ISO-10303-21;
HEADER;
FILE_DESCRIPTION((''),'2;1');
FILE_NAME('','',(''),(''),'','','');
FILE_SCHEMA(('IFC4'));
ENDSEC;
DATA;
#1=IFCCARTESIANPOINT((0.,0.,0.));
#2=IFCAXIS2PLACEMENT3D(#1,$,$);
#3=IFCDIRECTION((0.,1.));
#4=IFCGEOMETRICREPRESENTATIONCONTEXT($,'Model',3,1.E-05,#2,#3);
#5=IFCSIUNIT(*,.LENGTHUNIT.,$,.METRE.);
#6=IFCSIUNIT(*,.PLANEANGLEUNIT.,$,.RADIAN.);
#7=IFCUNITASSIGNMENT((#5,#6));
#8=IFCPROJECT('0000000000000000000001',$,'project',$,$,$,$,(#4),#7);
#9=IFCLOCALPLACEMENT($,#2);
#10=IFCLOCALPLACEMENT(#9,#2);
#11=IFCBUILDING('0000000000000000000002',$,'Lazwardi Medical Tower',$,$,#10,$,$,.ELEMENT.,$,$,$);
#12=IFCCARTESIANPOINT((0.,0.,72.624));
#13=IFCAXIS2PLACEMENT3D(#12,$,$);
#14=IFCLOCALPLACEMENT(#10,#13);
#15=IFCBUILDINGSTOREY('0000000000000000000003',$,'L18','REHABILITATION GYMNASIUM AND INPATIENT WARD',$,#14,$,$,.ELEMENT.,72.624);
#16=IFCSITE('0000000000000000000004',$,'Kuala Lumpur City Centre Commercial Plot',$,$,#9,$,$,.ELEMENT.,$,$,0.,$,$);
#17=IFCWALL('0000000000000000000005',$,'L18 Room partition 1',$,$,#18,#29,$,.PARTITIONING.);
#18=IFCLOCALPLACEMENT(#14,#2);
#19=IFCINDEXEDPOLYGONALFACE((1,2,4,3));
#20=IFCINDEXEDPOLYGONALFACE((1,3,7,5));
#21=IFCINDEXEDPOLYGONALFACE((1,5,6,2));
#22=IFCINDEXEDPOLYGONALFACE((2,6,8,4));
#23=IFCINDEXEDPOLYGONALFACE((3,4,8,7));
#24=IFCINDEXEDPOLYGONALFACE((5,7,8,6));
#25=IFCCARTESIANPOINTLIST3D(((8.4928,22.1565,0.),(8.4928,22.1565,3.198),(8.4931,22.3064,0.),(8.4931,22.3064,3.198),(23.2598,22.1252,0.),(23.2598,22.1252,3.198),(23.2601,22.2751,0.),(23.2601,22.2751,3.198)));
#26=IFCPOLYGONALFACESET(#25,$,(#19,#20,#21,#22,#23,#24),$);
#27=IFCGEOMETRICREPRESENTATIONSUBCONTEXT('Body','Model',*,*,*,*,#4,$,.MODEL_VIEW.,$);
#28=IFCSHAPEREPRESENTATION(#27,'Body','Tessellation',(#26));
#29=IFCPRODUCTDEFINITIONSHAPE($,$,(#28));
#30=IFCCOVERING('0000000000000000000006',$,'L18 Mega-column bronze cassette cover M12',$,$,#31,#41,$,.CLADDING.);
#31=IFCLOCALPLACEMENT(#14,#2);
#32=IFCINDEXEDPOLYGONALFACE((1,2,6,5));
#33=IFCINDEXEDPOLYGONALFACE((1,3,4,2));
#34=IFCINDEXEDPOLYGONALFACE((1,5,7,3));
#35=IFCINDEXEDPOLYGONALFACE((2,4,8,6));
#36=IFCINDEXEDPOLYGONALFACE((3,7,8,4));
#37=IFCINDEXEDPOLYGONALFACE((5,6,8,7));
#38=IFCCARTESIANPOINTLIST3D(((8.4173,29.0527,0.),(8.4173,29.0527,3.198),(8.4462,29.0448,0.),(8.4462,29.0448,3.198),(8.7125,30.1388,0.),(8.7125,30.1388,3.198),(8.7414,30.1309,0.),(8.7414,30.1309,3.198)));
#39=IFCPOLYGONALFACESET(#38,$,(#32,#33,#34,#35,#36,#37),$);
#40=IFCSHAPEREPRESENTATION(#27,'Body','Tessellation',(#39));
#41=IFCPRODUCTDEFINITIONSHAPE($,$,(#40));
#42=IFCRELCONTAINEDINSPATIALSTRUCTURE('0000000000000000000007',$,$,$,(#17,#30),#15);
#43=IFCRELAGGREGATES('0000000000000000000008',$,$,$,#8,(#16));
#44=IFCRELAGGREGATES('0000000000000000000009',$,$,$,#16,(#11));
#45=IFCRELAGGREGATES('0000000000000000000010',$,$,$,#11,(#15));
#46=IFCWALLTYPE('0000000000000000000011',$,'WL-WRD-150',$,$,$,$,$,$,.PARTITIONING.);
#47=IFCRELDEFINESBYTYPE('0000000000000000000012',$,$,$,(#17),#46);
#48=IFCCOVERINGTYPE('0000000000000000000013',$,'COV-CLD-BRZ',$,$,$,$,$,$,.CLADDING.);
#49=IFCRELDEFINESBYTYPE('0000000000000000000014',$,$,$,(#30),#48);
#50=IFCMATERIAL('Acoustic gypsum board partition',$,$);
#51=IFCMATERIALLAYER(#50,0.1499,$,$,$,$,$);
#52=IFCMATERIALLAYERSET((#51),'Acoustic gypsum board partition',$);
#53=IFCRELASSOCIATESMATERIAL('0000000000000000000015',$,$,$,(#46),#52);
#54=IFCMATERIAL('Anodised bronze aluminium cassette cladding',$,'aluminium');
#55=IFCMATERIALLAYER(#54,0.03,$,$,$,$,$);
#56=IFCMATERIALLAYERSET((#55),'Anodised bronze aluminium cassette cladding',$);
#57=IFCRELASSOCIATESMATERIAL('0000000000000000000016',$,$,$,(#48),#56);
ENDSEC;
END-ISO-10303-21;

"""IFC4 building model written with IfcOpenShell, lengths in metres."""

from ifc_helpers import new_model, si_unit, direction, frame, frame_2d, origin, origin_2d, place, context, subcontext, project, spatial, rectangle, extrude, material, layer, layer_set, type_object, element, save


model = new_model("IFC4")

# Units and contexts
model_context = context("Model", 3, precision=1e-05, world=origin(), true_north=direction((0.0, 1.0)))
body_context = subcontext(model_context, "Body", "Model", "MODEL_VIEW")
ifc_project = project(units=[si_unit("LENGTHUNIT", "METRE"), si_unit("PLANEANGLEUNIT", "RADIAN")], contexts=[model_context])

# Site, building, storey
site_placement = place(None, origin())
site = spatial("IfcSite", under=ifc_project, at=site_placement, Name="Kuala Lumpur City Centre Commercial Plot", CompositionType="ELEMENT", RefElevation=0.0)
building_placement = place(site_placement, origin())
building = spatial("IfcBuilding", under=site, at=building_placement, Name="Lazwardi Medical Tower", CompositionType="ELEMENT")
storey_placement = place(building_placement, frame((0.0, 0.0, 72.624)))
storey = spatial("IfcBuildingStorey", under=building, at=storey_placement, Name="L18", Description="REHABILITATION GYMNASIUM AND INPATIENT WARD", CompositionType="ELEMENT", Elevation=72.624)

# Wall
ifc_material_1 = material(Name="Acoustic gypsum board partition")
ifc_layer_1 = layer(ifc_material_1, 0.1499)
ifc_layer_set_1 = layer_set([ifc_layer_1], Name="Acoustic gypsum board partition")
wall_type_1 = type_object("IfcWallType", Name="WL-WRD-150", PredefinedType="PARTITIONING", material=ifc_layer_set_1)
wall_1_placement = place(storey_placement, frame((8.4929, 22.2314, 0.0), z_axis=(0.0, 0.0, 1.0), x_axis=(0.999998, -0.002116, 0.0)))
element("IfcWall", 1, at=wall_1_placement, inside=storey, type_object=wall_type_1, Name="L18 Room partition 1", PredefinedType="PARTITIONING", context=body_context, shape_type="SweptSolid", body=[
    extrude(rectangle(XDim=14.7671, YDim=0.1499, at=frame_2d((7.3835, 0.0))), origin(), (0.0, 0.0, 1.0), 3.198),
])

# Covering
ifc_material_2 = material(Name="Anodised bronze aluminium cassette cladding", Category="aluminium")
ifc_layer_2 = layer(ifc_material_2, 0.03)
ifc_layer_set_2 = layer_set([ifc_layer_2], Name="Anodised bronze aluminium cassette cladding")
covering_type = type_object("IfcCoveringType", Name="COV-CLD-BRZ", PredefinedType="CLADDING", material=ifc_layer_set_2)
covering_placement = place(storey_placement, frame((8.5793, 29.5918, 0.0), z_axis=(0.0, 0.0, 1.0), x_axis=(-0.262283, -0.964991, 0.0)))
element("IfcCovering", 2, at=covering_placement, inside=storey, type_object=covering_type, Name="L18 Mega-column bronze cassette cover M12", PredefinedType="CLADDING", context=body_context, shape_type="SweptSolid", body=[
    extrude(rectangle(XDim=1.1255, YDim=0.03, at=origin_2d()), origin(), (0.0, 0.0, 1.0), 3.198),
])

save(model, "model.ifc")
